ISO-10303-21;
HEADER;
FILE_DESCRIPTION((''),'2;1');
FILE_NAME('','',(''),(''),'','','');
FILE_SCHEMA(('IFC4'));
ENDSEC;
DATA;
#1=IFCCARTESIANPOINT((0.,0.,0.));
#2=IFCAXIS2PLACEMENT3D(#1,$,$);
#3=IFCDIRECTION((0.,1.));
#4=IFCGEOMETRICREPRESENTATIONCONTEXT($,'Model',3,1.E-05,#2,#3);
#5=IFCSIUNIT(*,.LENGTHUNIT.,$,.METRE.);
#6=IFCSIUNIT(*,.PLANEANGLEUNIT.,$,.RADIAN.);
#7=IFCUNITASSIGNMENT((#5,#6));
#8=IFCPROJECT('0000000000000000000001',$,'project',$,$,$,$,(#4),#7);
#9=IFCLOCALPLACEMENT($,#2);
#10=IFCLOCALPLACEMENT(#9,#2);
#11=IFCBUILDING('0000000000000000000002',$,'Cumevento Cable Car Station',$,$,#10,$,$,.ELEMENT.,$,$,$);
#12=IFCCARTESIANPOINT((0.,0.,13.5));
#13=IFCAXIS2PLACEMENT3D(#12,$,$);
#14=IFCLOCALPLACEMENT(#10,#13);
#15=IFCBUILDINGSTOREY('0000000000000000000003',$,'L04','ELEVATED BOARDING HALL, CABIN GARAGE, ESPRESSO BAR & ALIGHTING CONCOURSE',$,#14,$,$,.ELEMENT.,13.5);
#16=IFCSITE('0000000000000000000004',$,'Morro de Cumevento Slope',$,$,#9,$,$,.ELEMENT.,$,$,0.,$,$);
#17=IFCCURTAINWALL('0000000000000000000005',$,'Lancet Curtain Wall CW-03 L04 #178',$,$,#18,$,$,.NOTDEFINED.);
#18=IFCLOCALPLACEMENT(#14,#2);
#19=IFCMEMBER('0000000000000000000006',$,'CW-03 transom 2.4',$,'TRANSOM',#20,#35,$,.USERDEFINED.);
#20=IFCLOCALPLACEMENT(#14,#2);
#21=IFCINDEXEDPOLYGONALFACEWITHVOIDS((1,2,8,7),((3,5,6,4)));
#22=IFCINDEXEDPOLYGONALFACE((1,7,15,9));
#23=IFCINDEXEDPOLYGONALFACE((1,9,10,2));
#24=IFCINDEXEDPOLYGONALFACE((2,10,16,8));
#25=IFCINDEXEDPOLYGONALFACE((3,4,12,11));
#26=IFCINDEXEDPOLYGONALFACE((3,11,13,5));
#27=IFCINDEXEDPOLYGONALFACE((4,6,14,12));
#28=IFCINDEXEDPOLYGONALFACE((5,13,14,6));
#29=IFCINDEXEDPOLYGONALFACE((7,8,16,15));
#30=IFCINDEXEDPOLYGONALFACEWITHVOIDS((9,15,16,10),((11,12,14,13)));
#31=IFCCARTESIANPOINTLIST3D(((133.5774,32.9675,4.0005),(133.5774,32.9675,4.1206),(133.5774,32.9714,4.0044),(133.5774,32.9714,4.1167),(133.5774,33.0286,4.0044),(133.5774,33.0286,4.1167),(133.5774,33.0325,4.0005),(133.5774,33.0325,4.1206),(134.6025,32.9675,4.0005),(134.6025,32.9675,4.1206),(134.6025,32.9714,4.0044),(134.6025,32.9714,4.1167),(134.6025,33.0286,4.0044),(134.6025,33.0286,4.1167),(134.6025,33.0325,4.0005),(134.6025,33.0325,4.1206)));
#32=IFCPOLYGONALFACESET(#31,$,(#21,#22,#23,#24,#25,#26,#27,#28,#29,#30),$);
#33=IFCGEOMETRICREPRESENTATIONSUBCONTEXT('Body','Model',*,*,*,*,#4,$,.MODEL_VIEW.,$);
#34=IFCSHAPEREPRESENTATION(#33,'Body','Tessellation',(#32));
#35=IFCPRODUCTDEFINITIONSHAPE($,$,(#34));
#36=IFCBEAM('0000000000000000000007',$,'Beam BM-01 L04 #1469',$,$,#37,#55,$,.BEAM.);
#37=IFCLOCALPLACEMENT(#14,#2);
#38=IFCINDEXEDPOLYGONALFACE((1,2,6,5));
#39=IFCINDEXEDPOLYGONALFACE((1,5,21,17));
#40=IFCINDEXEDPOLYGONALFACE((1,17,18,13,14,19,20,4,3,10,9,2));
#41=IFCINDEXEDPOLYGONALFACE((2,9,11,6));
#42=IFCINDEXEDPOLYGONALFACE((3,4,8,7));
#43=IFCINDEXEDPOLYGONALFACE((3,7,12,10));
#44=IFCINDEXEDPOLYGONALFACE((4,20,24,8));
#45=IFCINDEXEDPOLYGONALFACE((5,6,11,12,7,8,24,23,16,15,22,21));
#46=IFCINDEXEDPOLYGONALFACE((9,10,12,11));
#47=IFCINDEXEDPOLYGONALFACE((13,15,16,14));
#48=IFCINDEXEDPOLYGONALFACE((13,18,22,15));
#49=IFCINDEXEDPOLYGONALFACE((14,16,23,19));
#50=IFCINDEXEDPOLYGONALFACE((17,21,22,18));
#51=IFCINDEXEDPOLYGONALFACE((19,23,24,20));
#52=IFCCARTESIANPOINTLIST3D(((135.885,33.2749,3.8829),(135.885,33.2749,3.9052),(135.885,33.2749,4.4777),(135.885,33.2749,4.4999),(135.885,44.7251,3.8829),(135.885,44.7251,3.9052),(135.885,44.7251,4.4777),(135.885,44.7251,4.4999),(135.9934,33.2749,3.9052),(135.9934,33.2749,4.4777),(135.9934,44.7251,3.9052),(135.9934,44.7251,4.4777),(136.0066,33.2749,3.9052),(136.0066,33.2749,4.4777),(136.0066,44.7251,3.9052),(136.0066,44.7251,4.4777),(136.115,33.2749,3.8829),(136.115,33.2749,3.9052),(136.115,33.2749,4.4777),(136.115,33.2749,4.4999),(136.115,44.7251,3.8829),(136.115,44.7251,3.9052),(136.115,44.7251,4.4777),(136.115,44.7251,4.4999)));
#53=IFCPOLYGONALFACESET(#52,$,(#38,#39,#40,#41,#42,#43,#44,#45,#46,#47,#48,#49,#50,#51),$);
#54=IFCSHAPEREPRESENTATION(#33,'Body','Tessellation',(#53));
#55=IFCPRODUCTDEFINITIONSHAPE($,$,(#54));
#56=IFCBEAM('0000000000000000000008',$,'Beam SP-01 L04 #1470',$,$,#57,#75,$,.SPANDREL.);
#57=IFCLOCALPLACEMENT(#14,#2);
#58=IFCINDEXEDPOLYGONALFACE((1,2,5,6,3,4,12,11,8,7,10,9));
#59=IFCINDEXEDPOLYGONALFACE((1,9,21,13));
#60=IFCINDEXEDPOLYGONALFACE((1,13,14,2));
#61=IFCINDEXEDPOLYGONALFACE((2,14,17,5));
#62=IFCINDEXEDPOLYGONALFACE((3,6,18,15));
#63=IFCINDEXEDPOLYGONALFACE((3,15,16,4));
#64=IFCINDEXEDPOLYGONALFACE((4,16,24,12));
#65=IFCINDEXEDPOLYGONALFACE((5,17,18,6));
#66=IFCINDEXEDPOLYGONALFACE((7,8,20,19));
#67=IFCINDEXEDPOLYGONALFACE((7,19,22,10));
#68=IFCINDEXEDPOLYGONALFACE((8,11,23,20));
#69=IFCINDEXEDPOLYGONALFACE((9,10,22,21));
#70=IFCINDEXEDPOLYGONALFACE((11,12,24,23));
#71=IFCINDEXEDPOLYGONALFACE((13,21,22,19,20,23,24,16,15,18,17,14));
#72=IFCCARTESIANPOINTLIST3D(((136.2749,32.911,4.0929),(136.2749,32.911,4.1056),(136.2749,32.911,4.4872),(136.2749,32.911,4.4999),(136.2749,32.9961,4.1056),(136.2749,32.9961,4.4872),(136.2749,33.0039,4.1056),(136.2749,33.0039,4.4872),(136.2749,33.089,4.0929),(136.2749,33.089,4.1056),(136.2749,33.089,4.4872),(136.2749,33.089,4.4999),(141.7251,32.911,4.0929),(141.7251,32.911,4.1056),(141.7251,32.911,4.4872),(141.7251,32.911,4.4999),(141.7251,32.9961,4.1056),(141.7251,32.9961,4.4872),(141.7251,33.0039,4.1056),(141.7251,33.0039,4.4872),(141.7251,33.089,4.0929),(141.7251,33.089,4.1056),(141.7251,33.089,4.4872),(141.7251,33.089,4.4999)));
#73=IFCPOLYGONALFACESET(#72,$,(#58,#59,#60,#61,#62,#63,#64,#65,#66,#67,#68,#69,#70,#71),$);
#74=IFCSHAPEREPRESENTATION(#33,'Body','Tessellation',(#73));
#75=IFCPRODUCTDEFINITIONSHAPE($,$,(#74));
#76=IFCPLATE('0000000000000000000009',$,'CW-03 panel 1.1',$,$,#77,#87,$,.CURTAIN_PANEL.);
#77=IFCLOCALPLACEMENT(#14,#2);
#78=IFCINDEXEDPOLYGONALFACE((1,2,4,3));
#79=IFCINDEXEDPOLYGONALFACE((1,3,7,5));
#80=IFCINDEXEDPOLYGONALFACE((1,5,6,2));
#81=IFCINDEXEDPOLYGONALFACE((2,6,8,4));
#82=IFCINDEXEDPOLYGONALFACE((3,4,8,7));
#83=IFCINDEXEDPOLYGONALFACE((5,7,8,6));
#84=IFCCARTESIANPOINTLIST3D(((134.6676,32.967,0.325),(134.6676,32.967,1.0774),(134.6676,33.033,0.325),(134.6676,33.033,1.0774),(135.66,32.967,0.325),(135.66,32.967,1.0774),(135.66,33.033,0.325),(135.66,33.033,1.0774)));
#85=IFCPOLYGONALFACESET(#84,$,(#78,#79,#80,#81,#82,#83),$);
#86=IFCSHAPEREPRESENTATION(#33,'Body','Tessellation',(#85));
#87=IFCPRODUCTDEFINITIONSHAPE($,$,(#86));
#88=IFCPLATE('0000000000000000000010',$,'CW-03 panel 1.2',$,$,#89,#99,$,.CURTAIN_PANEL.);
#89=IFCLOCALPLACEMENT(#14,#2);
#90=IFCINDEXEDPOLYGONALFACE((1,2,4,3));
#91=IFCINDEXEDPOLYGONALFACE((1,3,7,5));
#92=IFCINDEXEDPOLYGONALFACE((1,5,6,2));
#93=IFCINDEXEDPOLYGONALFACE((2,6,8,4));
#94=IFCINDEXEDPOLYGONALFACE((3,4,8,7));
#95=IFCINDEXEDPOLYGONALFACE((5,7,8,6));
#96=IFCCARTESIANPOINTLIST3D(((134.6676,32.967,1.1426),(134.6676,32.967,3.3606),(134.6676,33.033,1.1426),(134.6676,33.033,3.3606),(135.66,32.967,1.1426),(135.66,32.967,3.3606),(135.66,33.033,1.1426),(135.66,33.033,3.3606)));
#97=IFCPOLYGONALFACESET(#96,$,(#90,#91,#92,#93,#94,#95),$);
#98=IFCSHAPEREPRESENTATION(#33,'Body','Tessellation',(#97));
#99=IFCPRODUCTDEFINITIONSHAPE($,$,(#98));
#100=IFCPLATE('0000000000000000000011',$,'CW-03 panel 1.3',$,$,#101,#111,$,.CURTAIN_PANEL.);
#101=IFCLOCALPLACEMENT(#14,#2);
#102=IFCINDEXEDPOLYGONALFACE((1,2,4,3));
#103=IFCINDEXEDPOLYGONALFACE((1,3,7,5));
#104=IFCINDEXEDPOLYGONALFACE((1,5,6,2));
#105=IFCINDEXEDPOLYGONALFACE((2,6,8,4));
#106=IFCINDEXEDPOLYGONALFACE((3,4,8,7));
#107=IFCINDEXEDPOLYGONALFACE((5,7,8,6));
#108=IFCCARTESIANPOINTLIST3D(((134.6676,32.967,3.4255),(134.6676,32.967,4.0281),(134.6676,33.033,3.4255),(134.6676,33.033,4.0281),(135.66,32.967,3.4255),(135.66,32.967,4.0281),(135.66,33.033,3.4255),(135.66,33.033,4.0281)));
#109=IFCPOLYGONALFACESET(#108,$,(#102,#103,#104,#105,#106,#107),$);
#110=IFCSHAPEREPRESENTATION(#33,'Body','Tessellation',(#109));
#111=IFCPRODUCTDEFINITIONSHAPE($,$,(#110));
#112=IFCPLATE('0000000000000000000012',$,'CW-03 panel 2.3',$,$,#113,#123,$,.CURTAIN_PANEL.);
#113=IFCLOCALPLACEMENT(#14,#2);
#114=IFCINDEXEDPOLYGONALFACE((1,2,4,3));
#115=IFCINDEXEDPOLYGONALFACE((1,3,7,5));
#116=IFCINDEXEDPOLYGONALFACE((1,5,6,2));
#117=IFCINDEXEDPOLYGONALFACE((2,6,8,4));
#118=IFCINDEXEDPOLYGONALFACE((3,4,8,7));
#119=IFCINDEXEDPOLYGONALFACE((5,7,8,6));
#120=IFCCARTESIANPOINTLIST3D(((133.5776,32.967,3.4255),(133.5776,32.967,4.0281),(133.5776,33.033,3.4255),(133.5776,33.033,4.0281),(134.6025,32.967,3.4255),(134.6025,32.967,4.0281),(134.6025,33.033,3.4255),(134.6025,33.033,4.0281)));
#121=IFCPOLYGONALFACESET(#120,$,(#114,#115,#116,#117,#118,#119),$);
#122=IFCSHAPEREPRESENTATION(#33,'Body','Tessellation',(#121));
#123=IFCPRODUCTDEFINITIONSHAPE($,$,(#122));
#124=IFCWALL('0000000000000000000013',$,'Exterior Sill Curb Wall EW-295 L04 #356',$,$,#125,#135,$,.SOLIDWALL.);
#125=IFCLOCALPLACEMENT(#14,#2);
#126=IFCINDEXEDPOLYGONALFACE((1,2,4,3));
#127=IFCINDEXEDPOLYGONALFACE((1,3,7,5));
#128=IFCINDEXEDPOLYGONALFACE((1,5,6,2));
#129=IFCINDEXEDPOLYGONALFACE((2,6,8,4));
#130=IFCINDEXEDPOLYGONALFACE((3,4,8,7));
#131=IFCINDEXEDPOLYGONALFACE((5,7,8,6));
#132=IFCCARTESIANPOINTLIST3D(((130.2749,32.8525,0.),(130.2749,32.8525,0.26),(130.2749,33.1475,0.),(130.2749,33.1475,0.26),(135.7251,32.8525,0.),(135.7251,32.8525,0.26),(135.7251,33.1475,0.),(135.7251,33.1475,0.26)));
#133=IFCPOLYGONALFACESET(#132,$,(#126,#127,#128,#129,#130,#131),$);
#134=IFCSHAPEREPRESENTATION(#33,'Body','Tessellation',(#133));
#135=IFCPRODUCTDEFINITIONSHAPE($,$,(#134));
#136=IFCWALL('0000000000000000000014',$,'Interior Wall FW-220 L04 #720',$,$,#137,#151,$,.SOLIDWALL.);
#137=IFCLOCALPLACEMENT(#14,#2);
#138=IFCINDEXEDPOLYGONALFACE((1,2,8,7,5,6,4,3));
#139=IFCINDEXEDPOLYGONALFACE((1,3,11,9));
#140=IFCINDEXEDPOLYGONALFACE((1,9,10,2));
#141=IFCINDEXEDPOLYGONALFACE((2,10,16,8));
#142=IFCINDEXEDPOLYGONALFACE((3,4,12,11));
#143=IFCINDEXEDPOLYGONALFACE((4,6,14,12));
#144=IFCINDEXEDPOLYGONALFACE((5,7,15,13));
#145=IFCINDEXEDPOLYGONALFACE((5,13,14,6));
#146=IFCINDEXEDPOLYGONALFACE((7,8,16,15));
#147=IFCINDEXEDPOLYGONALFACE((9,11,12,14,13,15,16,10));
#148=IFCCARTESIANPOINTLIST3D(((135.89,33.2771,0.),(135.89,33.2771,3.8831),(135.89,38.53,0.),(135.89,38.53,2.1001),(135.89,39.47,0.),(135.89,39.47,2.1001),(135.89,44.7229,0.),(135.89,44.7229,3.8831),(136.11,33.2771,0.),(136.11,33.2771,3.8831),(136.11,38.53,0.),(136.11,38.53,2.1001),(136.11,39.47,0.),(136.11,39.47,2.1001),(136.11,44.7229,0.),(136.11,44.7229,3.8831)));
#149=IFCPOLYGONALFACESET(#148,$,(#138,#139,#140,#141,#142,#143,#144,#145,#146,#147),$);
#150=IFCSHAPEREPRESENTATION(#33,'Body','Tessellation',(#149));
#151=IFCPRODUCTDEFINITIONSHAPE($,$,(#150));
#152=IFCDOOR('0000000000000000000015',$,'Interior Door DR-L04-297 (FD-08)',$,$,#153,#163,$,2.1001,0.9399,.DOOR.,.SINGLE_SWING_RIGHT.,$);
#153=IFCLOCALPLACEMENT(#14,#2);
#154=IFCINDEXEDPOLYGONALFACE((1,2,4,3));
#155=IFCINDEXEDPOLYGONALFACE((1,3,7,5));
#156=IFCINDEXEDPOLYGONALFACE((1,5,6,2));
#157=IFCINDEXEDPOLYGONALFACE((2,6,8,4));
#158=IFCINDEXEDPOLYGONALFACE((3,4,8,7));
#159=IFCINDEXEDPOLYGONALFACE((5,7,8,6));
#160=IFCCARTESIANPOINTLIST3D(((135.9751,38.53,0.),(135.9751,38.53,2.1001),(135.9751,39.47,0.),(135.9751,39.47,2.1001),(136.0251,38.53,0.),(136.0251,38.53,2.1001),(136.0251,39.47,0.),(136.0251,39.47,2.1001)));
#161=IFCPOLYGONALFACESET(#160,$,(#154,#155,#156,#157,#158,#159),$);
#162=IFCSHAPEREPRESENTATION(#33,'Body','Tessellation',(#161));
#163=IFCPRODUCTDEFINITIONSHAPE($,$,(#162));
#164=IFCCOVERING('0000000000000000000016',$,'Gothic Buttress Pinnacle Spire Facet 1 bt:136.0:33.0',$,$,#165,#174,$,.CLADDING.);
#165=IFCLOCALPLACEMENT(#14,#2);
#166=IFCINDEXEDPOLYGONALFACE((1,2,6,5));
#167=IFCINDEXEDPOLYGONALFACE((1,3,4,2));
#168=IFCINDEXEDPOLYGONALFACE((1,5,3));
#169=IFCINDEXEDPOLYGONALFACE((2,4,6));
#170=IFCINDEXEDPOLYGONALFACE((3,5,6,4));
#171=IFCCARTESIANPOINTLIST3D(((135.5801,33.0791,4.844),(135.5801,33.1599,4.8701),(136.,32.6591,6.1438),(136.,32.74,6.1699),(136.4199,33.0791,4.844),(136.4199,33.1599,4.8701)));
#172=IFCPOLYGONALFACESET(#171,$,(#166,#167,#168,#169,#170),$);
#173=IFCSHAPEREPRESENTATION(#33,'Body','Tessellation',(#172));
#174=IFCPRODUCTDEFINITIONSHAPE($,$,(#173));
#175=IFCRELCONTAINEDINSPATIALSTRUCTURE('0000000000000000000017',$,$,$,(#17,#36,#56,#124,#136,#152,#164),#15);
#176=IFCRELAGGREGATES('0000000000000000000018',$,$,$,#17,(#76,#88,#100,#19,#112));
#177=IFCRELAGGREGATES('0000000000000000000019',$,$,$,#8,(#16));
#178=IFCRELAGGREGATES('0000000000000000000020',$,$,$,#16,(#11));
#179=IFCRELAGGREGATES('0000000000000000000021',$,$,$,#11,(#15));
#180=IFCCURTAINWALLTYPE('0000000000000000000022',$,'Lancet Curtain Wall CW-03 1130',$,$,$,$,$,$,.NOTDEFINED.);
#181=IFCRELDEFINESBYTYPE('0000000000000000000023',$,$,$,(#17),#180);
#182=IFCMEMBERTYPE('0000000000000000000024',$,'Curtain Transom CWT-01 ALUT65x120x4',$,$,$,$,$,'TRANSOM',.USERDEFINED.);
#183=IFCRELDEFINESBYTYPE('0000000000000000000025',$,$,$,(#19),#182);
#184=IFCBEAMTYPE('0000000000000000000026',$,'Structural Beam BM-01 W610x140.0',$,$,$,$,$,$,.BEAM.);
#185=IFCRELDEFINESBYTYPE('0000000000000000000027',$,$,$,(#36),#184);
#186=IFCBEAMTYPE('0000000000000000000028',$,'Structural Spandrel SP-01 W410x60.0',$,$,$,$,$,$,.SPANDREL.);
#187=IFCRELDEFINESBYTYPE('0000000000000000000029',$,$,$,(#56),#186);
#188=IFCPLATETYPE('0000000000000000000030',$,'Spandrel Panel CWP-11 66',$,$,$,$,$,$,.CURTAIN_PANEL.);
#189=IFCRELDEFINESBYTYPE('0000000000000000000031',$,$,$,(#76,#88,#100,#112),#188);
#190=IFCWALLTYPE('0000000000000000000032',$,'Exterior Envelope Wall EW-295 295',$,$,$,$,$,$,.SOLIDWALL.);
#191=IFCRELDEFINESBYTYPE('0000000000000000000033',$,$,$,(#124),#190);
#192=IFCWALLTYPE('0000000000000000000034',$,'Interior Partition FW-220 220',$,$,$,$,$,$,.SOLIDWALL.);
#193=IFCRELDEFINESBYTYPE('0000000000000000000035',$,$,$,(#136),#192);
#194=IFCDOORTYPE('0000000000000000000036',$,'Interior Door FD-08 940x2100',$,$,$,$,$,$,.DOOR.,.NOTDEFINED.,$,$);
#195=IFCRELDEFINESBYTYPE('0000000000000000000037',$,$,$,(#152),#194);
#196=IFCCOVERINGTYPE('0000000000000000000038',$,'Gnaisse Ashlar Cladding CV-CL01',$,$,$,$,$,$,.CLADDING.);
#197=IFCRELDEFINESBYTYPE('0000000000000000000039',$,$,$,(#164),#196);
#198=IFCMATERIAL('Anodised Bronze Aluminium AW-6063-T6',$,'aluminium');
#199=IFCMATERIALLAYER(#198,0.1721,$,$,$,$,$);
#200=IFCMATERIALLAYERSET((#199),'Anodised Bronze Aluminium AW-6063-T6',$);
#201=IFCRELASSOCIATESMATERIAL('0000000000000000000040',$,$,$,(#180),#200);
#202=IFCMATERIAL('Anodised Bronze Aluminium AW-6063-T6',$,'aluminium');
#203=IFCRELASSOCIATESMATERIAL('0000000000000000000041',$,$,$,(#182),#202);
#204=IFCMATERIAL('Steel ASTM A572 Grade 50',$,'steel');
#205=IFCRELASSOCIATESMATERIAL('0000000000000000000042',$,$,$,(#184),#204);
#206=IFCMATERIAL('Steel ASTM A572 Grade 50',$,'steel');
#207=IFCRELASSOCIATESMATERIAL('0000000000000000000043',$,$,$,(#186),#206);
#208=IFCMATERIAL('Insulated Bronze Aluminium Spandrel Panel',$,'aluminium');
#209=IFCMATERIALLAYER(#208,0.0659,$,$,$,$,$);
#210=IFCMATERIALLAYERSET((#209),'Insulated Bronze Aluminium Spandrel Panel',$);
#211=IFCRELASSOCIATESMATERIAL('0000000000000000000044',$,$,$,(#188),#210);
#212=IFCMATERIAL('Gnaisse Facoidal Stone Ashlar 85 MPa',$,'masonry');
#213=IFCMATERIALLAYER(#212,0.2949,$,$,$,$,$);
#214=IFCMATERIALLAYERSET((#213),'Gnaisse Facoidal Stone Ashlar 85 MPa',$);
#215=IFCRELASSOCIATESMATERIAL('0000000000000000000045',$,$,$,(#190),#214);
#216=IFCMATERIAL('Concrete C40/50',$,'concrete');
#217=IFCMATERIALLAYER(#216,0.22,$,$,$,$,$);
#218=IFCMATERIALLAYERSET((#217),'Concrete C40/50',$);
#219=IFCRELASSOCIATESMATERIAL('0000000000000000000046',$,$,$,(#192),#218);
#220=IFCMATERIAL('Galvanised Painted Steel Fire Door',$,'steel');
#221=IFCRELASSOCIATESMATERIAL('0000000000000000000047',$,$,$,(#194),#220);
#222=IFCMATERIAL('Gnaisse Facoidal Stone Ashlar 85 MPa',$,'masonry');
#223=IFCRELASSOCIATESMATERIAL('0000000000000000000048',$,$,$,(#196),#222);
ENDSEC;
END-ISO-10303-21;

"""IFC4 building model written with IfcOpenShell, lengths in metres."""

from ifc_helpers import new_model, si_unit, direction, frame, frame_2d, origin, origin_2d, place, context, subcontext, project, spatial, polyline, rectangle, hollow_rectangle, i_section, outline, extrude, material, layer, layer_set, material_profile, profile_set, type_object, element, fill, aggregate, save


model = new_model("IFC4")

# Units and contexts
model_context = context("Model", 3, precision=1e-05, world=origin(), true_north=direction((0.0, 1.0)))
body_context = subcontext(model_context, "Body", "Model", "MODEL_VIEW")
ifc_project = project(units=[si_unit("LENGTHUNIT", "METRE"), si_unit("PLANEANGLEUNIT", "RADIAN")], contexts=[model_context])

# Site, building, storey
site_placement = place(None, origin())
site = spatial("IfcSite", under=ifc_project, at=site_placement, Name="Morro de Cumevento Slope", CompositionType="ELEMENT", RefElevation=0.0)
building_placement = place(site_placement, origin())
building = spatial("IfcBuilding", under=site, at=building_placement, Name="Cumevento Cable Car Station", CompositionType="ELEMENT")
storey_placement = place(building_placement, frame((0.0, 0.0, 13.5)))
storey = spatial("IfcBuildingStorey", under=building, at=storey_placement, Name="L04", Description="ELEVATED BOARDING HALL, CABIN GARAGE, ESPRESSO BAR & ALIGHTING CONCOURSE", CompositionType="ELEMENT", Elevation=13.5)

# Curtain wall
ifc_material_1 = material(Name="Anodised Bronze Aluminium AW-6063-T6", Category="aluminium")
ifc_layer_1 = layer(ifc_material_1, 0.1721)
ifc_layer_set_1 = layer_set([ifc_layer_1], Name="Anodised Bronze Aluminium AW-6063-T6")
curtain_wall_type_1 = type_object("IfcCurtainWallType", Name="Lancet Curtain Wall CW-03 1130", PredefinedType="NOTDEFINED", material=ifc_layer_set_1)
curtain_wall_1_placement = place(storey_placement, origin())
curtain_wall_1 = element("IfcCurtainWall", 1, at=curtain_wall_1_placement, inside=storey, type_object=curtain_wall_type_1, Name="Lancet Curtain Wall CW-03 L04 #178", PredefinedType="NOTDEFINED")

# Member
ifc_material_2 = material(Name="Anodised Bronze Aluminium AW-6063-T6", Category="aluminium")
ifc_material_profile_1 = material_profile(ifc_material_2, hollow_rectangle(XDim=0.0649, YDim=0.1201, WallThickness=0.0039, at=origin_2d()), Name="ALUT65x120x4")
ifc_profile_set_1 = profile_set([ifc_material_profile_1], Name="Anodised Bronze Aluminium AW-6063-T6")
member_type_1 = type_object("IfcMemberType", Name="Curtain Transom CWT-01 ALUT65x120x4", ElementType="TRANSOM", PredefinedType="USERDEFINED", material=ifc_profile_set_1)
member_1_placement = place(storey_placement, frame((134.6025, 33.0, 4.0605), z_axis=(-1.0, 0.0, 0.0), x_axis=(0.0, -1.0, 0.0)))
member_1 = element("IfcMember", 2, at=member_1_placement, type_object=member_type_1, Name="CW-03 transom 2.4", ObjectType="TRANSOM", PredefinedType="USERDEFINED", context=body_context, shape_type="SweptSolid", body=[
    extrude(hollow_rectangle(XDim=0.0649, YDim=0.1201, WallThickness=0.0039, at=origin_2d()), origin(), (0.0, 0.0, 1.0), 1.0251),
])

# Beams
ifc_material_3 = material(Name="Steel ASTM A572 Grade 50", Category="steel")
ifc_material_profile_2 = material_profile(ifc_material_3, i_section(OverallWidth=0.23, OverallDepth=0.6169, WebThickness=0.0132, FlangeThickness=0.0222, at=origin_2d()), Name="W610x140.0")
ifc_profile_set_2 = profile_set([ifc_material_profile_2], Name="Steel ASTM A572 Grade 50")
beam_type_1 = type_object("IfcBeamType", Name="Structural Beam BM-01 W610x140.0", PredefinedType="BEAM", material=ifc_profile_set_2)
beam_1_placement = place(storey_placement, frame((136.0, 33.2749, 4.1914), z_axis=(0.0, 1.0, 0.0), x_axis=(-1.0, 0.0, 0.0)))
element("IfcBeam", 3, at=beam_1_placement, inside=storey, type_object=beam_type_1, Name="Beam BM-01 L04 #1469", PredefinedType="BEAM", context=body_context, shape_type="SweptSolid", body=[
    extrude(i_section(OverallWidth=0.23, OverallDepth=0.6169, WebThickness=0.0132, FlangeThickness=0.0222, at=origin_2d()), origin(), (0.0, 0.0, 1.0), 11.4502),
])
ifc_material_4 = material(Name="Steel ASTM A572 Grade 50", Category="steel")
ifc_material_profile_3 = material_profile(ifc_material_4, i_section(OverallWidth=0.178, OverallDepth=0.407, WebThickness=0.0078, FlangeThickness=0.0127, at=origin_2d()), Name="W410x60.0")
ifc_profile_set_3 = profile_set([ifc_material_profile_3], Name="Steel ASTM A572 Grade 50")
beam_type_2 = type_object("IfcBeamType", Name="Structural Spandrel SP-01 W410x60.0", PredefinedType="SPANDREL", material=ifc_profile_set_3)
beam_2_placement = place(storey_placement, frame((136.2749, 33.0, 4.2964), z_axis=(1.0, 0.0, 0.0), x_axis=(0.0, 1.0, 0.0)))
element("IfcBeam", 4, at=beam_2_placement, inside=storey, type_object=beam_type_2, Name="Beam SP-01 L04 #1470", PredefinedType="SPANDREL", context=body_context, shape_type="SweptSolid", body=[
    extrude(i_section(OverallWidth=0.178, OverallDepth=0.407, WebThickness=0.0078, FlangeThickness=0.0127, at=origin_2d()), origin(), (0.0, 0.0, 1.0), 5.4502),
])

# Plates
ifc_material_5 = material(Name="Insulated Bronze Aluminium Spandrel Panel", Category="aluminium")
ifc_layer_2 = layer(ifc_material_5, 0.0659)
ifc_layer_set_2 = layer_set([ifc_layer_2], Name="Insulated Bronze Aluminium Spandrel Panel")
plate_type = type_object("IfcPlateType", Name="Spandrel Panel CWP-11 66", PredefinedType="CURTAIN_PANEL", material=ifc_layer_set_2)
plate_1_placement = place(storey_placement, frame((135.1638, 33.0, 0.325), z_axis=(0.0, 0.0, 1.0), x_axis=(-1.0, 0.0, 0.0)))
plate_1 = element("IfcPlate", 5, at=plate_1_placement, type_object=plate_type, Name="CW-03 panel 1.1", PredefinedType="CURTAIN_PANEL", context=body_context, shape_type="SweptSolid", body=[
    extrude(rectangle(XDim=0.9924, YDim=0.0659, at=origin_2d()), origin(), (0.0, 0.0, 1.0), 0.7524),
])
plate_2_placement = place(storey_placement, frame((135.1638, 33.0, 1.1426), z_axis=(0.0, 0.0, 1.0), x_axis=(-1.0, 0.0, 0.0)))
plate_2 = element("IfcPlate", 6, at=plate_2_placement, type_object=plate_type, Name="CW-03 panel 1.2", PredefinedType="CURTAIN_PANEL", context=body_context, shape_type="SweptSolid", body=[
    extrude(rectangle(XDim=0.9924, YDim=0.0659, at=origin_2d()), origin(), (0.0, 0.0, 1.0), 2.218),
])
plate_3_placement = place(storey_placement, frame((135.1638, 33.0, 3.4255), z_axis=(0.0, 0.0, 1.0), x_axis=(-1.0, 0.0, 0.0)))
plate_3 = element("IfcPlate", 7, at=plate_3_placement, type_object=plate_type, Name="CW-03 panel 1.3", PredefinedType="CURTAIN_PANEL", context=body_context, shape_type="SweptSolid", body=[
    extrude(rectangle(XDim=0.9924, YDim=0.0659, at=origin_2d()), origin(), (0.0, 0.0, 1.0), 0.6025),
])
plate_4_placement = place(storey_placement, frame((134.0901, 33.0, 3.4255), z_axis=(0.0, 0.0, 1.0), x_axis=(-1.0, 0.0, 0.0)))
plate_4 = element("IfcPlate", 8, at=plate_4_placement, type_object=plate_type, Name="CW-03 panel 2.3", PredefinedType="CURTAIN_PANEL", context=body_context, shape_type="SweptSolid", body=[
    extrude(rectangle(XDim=1.0249, YDim=0.0659, at=origin_2d()), origin(), (0.0, 0.0, 1.0), 0.6025),
])
aggregate(curtain_wall_1, [plate_1, plate_2, plate_3, member_1, plate_4])

# Wall
ifc_material_6 = material(Name="Gnaisse Facoidal Stone Ashlar 85 MPa", Category="masonry")
ifc_layer_3 = layer(ifc_material_6, 0.2949)
ifc_layer_set_3 = layer_set([ifc_layer_3], Name="Gnaisse Facoidal Stone Ashlar 85 MPa")
wall_type_1 = type_object("IfcWallType", Name="Exterior Envelope Wall EW-295 295", PredefinedType="SOLIDWALL", material=ifc_layer_set_3)
wall_1_placement = place(storey_placement, frame((135.7251, 33.0, 0.0), z_axis=(0.0, 0.0, 1.0), x_axis=(-1.0, 0.0, 0.0)))
element("IfcWall", 9, at=wall_1_placement, inside=storey, type_object=wall_type_1, Name="Exterior Sill Curb Wall EW-295 L04 #356", PredefinedType="SOLIDWALL", context=body_context, shape_type="SweptSolid", body=[
    extrude(rectangle(XDim=5.4502, YDim=0.2949, at=frame_2d((2.7251, 0.0))), origin(), (0.0, 0.0, 1.0), 0.26),
])

# Wall, opening, door
ifc_material_7 = material(Name="Concrete C40/50", Category="concrete")
ifc_layer_4 = layer(ifc_material_7, 0.22)
ifc_layer_set_4 = layer_set([ifc_layer_4], Name="Concrete C40/50")
wall_type_2 = type_object("IfcWallType", Name="Interior Partition FW-220 220", PredefinedType="SOLIDWALL", material=ifc_layer_set_4)
wall_2_placement = place(storey_placement, frame((136.0, 33.2771, 0.0), z_axis=(0.0, 0.0, 1.0), x_axis=(0.0, 1.0, 0.0)))
wall_2 = element("IfcWall", 10, at=wall_2_placement, inside=storey, type_object=wall_type_2, Name="Interior Wall FW-220 L04 #720", PredefinedType="SOLIDWALL", context=body_context, shape_type="SweptSolid", body=[
    extrude(rectangle(XDim=11.4458, YDim=0.22, at=frame_2d((5.7229, 0.0))), origin(), (0.0, 0.0, 1.0), 3.8831),
])
opening_placement = place(wall_2_placement, frame((5.2529, 0.0, 0.0)))
opening = element("IfcOpeningElement", 11, at=opening_placement, cuts=wall_2, PredefinedType="OPENING", context=body_context, shape_type="SweptSolid", body=[
    extrude(rectangle(XDim=0.9399, YDim=2.1001, at=frame_2d((0.47, 1.05))), frame((0.0, 0.1199, 0.0), z_axis=(0.0, -1.0, 0.0), x_axis=(1.0, 0.0, 0.0)), (0.0, 0.0, 1.0), 0.24),
])
ifc_material_8 = material(Name="Galvanised Painted Steel Fire Door", Category="steel")
door_type = type_object("IfcDoorType", Name="Interior Door FD-08 940x2100", OperationType="NOTDEFINED", PredefinedType="DOOR", material=ifc_material_8)
door_placement = place(opening_placement, origin())
door = element("IfcDoor", 12, at=door_placement, inside=storey, type_object=door_type, Name="Interior Door DR-L04-297 (FD-08)", OperationType="SINGLE_SWING_RIGHT", OverallHeight=2.1001, OverallWidth=0.9399, PredefinedType="DOOR", context=body_context, shape_type="SweptSolid", body=[
    extrude(rectangle(XDim=0.9399, YDim=2.1001, at=frame_2d((0.47, 1.05))), frame((0.0, 0.0249, 0.0), z_axis=(0.0, -1.0, 0.0), x_axis=(1.0, 0.0, 0.0)), (0.0, 0.0, 1.0), 0.05),
])
fill(opening, door)

# Covering
ifc_material_9 = material(Name="Gnaisse Facoidal Stone Ashlar 85 MPa", Category="masonry")
covering_type = type_object("IfcCoveringType", Name="Gnaisse Ashlar Cladding CV-CL01", PredefinedType="CLADDING", material=ifc_material_9)
covering_1_placement = place(storey_placement, frame((135.5801, 33.1599, 4.8701), z_axis=(0.0, 0.951574, 0.307421), x_axis=(1.0, 0.0, 0.0)))
element("IfcCovering", 13, at=covering_1_placement, inside=storey, type_object=covering_type, Name="Gothic Buttress Pinnacle Spire Facet 1 bt:136.0:33.0", PredefinedType="CLADDING", context=body_context, shape_type="SweptSolid", body=[
    extrude(outline(polyline([(0.0, 0.0), (0.8398, 0.0), (0.4199, -1.366), (0.0, 0.0)])), origin(), (0.0, 0.0, -1.0), 0.085),
])

save(model, "model.ifc")
